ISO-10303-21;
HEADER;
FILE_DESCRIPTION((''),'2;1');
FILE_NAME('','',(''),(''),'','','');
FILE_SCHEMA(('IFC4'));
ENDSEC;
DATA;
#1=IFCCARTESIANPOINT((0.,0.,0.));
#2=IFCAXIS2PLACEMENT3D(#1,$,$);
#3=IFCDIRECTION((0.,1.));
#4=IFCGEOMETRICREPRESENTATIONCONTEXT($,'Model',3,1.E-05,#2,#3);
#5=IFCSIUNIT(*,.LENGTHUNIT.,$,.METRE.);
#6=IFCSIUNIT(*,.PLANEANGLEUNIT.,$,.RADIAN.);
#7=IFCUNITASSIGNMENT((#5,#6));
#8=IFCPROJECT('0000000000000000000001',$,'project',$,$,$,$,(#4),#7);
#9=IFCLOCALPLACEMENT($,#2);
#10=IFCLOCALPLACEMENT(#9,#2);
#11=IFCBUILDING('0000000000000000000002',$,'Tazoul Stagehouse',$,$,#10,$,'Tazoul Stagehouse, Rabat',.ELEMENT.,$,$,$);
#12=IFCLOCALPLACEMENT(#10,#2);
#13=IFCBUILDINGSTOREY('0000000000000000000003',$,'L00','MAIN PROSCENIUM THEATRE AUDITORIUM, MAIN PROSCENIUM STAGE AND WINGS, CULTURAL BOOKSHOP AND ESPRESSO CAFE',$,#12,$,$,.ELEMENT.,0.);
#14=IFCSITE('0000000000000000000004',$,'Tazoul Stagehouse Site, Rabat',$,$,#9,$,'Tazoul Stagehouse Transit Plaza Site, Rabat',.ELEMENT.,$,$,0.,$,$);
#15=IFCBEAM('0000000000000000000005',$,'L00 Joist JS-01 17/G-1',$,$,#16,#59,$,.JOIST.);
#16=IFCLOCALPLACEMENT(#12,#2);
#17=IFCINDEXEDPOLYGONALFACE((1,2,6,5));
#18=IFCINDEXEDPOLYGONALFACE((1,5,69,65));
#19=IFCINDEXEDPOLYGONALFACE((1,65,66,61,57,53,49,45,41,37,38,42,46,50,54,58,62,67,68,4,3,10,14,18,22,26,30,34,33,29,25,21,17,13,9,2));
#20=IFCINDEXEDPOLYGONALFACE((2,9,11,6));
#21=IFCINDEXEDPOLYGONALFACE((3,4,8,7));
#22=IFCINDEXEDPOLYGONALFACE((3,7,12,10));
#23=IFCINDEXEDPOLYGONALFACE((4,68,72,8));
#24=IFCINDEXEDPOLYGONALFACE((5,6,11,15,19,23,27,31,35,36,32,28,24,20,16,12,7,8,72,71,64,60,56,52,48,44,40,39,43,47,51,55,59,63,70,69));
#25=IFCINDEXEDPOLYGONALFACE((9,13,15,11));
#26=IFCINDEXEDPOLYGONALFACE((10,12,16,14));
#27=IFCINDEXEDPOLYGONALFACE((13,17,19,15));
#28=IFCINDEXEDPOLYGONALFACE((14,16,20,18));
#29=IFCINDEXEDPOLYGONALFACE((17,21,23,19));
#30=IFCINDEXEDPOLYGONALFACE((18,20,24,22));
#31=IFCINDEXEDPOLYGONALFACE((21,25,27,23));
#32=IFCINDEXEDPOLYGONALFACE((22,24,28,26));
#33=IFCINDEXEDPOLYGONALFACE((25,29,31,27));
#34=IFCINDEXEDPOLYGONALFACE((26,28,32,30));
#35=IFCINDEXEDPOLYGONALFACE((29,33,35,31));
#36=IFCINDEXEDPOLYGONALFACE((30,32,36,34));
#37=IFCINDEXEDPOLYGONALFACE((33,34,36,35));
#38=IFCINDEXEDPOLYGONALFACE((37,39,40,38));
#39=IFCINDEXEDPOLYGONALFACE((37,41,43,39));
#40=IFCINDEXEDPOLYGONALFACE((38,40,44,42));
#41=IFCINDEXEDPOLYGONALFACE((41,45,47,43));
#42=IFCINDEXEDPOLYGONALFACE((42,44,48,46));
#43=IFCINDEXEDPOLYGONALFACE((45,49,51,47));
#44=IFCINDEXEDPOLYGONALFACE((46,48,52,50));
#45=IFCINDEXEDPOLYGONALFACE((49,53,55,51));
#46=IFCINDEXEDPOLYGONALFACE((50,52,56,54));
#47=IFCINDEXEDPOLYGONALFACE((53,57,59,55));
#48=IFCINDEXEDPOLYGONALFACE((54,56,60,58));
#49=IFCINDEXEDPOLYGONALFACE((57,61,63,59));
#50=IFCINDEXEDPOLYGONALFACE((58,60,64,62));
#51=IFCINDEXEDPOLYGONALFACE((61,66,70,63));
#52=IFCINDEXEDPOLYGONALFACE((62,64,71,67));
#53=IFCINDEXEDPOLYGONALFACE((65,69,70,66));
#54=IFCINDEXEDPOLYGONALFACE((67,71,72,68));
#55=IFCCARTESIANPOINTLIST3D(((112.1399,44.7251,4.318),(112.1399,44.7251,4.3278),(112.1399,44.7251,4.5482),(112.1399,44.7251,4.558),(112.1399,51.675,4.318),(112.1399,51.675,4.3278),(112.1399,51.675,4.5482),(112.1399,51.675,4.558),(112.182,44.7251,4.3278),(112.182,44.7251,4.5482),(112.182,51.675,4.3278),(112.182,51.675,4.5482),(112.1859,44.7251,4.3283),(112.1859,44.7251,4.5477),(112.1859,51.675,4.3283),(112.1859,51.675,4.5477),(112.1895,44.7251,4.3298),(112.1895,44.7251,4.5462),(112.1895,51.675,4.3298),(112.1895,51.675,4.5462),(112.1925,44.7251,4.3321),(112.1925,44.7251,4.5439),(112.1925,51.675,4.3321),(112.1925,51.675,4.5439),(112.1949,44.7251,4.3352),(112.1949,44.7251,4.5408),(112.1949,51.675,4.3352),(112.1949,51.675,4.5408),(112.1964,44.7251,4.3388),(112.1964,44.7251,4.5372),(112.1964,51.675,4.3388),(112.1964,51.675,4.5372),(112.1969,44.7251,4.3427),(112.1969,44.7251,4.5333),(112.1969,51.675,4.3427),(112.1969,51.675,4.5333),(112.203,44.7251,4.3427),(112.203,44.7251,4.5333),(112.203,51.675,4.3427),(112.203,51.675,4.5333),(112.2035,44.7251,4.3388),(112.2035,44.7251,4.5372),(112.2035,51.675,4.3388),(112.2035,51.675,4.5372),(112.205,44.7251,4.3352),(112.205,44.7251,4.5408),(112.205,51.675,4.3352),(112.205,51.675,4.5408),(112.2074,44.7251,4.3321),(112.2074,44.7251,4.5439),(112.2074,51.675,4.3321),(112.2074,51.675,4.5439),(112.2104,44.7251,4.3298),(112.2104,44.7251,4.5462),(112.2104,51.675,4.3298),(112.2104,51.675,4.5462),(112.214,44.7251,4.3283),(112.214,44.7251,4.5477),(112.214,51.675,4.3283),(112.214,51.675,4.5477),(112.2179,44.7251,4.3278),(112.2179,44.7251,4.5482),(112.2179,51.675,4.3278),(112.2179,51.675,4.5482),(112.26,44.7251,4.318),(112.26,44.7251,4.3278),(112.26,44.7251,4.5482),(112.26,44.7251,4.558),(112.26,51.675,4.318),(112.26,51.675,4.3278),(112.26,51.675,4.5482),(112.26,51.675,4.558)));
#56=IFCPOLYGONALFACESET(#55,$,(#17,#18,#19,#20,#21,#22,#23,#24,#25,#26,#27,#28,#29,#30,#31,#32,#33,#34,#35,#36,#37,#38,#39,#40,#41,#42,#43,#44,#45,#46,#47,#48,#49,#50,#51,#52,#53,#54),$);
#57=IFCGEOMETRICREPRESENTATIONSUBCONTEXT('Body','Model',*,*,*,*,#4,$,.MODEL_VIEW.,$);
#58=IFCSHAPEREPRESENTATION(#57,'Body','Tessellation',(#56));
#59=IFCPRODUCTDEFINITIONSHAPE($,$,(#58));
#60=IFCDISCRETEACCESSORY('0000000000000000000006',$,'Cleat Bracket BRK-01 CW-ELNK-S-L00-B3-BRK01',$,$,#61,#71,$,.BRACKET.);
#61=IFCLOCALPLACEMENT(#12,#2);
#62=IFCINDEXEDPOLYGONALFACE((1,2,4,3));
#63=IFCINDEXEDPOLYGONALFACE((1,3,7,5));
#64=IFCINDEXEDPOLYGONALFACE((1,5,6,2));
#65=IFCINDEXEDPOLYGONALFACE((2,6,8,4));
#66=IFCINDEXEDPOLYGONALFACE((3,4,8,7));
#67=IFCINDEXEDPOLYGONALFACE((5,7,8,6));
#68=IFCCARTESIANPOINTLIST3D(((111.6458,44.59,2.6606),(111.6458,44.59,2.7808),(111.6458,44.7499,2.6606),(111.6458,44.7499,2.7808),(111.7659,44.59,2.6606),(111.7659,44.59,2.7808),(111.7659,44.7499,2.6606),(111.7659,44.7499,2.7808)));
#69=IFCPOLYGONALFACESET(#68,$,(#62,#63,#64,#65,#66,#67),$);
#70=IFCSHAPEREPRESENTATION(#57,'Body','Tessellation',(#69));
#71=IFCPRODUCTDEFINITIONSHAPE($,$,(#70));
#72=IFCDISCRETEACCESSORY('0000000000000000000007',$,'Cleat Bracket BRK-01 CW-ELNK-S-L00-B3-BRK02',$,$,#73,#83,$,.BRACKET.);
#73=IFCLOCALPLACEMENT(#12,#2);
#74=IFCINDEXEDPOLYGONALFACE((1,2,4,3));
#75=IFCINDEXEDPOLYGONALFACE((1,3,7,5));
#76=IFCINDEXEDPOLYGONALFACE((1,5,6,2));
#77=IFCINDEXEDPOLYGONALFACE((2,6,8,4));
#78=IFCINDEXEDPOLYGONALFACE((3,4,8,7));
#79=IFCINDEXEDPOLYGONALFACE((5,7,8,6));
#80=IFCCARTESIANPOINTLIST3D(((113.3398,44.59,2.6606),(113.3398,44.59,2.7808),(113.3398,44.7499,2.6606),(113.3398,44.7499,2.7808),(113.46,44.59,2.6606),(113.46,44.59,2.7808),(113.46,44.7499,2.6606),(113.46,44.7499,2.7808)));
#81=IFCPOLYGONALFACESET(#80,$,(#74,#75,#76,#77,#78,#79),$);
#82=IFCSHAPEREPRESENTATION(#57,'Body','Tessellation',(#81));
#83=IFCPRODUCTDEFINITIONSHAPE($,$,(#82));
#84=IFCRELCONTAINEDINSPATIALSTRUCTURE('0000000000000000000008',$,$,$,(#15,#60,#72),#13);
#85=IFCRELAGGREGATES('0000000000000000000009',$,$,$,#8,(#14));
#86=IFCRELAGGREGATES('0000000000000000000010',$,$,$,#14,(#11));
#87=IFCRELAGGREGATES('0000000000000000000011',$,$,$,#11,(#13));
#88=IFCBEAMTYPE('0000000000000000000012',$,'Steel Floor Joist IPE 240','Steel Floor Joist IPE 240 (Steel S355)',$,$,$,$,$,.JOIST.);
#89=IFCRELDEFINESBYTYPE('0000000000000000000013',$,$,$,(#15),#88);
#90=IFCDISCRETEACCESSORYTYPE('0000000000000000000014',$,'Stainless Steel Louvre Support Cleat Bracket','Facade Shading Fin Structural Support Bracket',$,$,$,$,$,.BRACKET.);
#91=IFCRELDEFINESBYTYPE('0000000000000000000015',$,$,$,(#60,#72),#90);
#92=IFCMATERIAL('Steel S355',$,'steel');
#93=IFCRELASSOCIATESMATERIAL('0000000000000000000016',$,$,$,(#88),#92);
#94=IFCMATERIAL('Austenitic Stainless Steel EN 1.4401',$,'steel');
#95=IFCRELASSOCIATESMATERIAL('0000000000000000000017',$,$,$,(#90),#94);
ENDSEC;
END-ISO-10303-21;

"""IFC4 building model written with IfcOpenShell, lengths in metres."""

from ifc_helpers import new_model, si_unit, direction, frame, origin, origin_2d, place, context, subcontext, project, spatial, rectangle, i_section, extrude, material, material_profile, profile_set, type_object, element, save


model = new_model("IFC4")

# Units and contexts
model_context = context("Model", 3, precision=1e-05, world=origin(), true_north=direction((0.0, 1.0)))
body_context = subcontext(model_context, "Body", "Model", "MODEL_VIEW")
ifc_project = project(units=[si_unit("LENGTHUNIT", "METRE"), si_unit("PLANEANGLEUNIT", "RADIAN")], contexts=[model_context])

# Site, building, storey
site_placement = place(None, origin())
site = spatial("IfcSite", under=ifc_project, at=site_placement, Name="Tazoul Stagehouse Site, Rabat", LongName="Tazoul Stagehouse Transit Plaza Site, Rabat", CompositionType="ELEMENT", RefElevation=0.0)
building_placement = place(site_placement, origin())
building = spatial("IfcBuilding", under=site, at=building_placement, Name="Tazoul Stagehouse", LongName="Tazoul Stagehouse, Rabat", CompositionType="ELEMENT")
storey_placement = place(building_placement, origin())
storey = spatial("IfcBuildingStorey", under=building, at=storey_placement, Name="L00", Description="MAIN PROSCENIUM THEATRE AUDITORIUM, MAIN PROSCENIUM STAGE AND WINGS, CULTURAL BOOKSHOP AND ESPRESSO CAFE", CompositionType="ELEMENT", Elevation=0.0)

# Beam
ifc_material_1 = material(Name="Steel S355", Category="steel")
ifc_material_profile = material_profile(ifc_material_1, i_section(OverallWidth=0.1201, OverallDepth=0.24, WebThickness=0.0061, FlangeThickness=0.0098, FilletRadius=0.0149, at=origin_2d()), Name="IPE 240")
ifc_profile_set = profile_set([ifc_material_profile], Name="Steel S355")
beam_type = type_object("IfcBeamType", Name="Steel Floor Joist IPE 240", Description="Steel Floor Joist IPE 240 (Steel S355)", PredefinedType="JOIST", material=ifc_profile_set)
beam_placement = place(storey_placement, frame((112.2, 44.7251, 4.438), z_axis=(0.0, 1.0, 0.0), x_axis=(-1.0, 0.0, 0.0)))
element("IfcBeam", 1, at=beam_placement, inside=storey, type_object=beam_type, Name="L00 Joist JS-01 17/G-1", PredefinedType="JOIST", context=body_context, shape_type="SweptSolid", body=[
    extrude(i_section(OverallWidth=0.1201, OverallDepth=0.24, WebThickness=0.0061, FlangeThickness=0.0098, FilletRadius=0.0149, at=origin_2d()), origin(), (0.0, 0.0, 1.0), 6.95),
])

# Discrete accessories
ifc_material_2 = material(Name="Austenitic Stainless Steel EN 1.4401", Category="steel")
discrete_accessory_type = type_object("IfcDiscreteAccessoryType", Name="Stainless Steel Louvre Support Cleat Bracket", Description="Facade Shading Fin Structural Support Bracket", PredefinedType="BRACKET", material=ifc_material_2)
for number, where, z_axis, x_axis, name in (
    (2, (111.7058, 44.6699, 2.6606), (0.0, 0.0, 1.0), (1.0, 0.0, 0.0), "Cleat Bracket BRK-01 CW-ELNK-S-L00-B3-BRK01"),
    (3, (113.3999, 44.6699, 2.6606), (0.0, 0.0, 1.0), (1.0, 0.0, 0.0), "Cleat Bracket BRK-01 CW-ELNK-S-L00-B3-BRK02"),
):
    element("IfcDiscreteAccessory", number, at=place(storey_placement, frame(where, z_axis=z_axis, x_axis=x_axis)), inside=storey, type_object=discrete_accessory_type, Name=name, PredefinedType="BRACKET", context=body_context, shape_type="SweptSolid", body=[
        extrude(rectangle(XDim=0.1201, YDim=0.1599, at=origin_2d()), origin(), (0.0, 0.0, 1.0), 0.1201),
    ])

save(model, "model.ifc")
